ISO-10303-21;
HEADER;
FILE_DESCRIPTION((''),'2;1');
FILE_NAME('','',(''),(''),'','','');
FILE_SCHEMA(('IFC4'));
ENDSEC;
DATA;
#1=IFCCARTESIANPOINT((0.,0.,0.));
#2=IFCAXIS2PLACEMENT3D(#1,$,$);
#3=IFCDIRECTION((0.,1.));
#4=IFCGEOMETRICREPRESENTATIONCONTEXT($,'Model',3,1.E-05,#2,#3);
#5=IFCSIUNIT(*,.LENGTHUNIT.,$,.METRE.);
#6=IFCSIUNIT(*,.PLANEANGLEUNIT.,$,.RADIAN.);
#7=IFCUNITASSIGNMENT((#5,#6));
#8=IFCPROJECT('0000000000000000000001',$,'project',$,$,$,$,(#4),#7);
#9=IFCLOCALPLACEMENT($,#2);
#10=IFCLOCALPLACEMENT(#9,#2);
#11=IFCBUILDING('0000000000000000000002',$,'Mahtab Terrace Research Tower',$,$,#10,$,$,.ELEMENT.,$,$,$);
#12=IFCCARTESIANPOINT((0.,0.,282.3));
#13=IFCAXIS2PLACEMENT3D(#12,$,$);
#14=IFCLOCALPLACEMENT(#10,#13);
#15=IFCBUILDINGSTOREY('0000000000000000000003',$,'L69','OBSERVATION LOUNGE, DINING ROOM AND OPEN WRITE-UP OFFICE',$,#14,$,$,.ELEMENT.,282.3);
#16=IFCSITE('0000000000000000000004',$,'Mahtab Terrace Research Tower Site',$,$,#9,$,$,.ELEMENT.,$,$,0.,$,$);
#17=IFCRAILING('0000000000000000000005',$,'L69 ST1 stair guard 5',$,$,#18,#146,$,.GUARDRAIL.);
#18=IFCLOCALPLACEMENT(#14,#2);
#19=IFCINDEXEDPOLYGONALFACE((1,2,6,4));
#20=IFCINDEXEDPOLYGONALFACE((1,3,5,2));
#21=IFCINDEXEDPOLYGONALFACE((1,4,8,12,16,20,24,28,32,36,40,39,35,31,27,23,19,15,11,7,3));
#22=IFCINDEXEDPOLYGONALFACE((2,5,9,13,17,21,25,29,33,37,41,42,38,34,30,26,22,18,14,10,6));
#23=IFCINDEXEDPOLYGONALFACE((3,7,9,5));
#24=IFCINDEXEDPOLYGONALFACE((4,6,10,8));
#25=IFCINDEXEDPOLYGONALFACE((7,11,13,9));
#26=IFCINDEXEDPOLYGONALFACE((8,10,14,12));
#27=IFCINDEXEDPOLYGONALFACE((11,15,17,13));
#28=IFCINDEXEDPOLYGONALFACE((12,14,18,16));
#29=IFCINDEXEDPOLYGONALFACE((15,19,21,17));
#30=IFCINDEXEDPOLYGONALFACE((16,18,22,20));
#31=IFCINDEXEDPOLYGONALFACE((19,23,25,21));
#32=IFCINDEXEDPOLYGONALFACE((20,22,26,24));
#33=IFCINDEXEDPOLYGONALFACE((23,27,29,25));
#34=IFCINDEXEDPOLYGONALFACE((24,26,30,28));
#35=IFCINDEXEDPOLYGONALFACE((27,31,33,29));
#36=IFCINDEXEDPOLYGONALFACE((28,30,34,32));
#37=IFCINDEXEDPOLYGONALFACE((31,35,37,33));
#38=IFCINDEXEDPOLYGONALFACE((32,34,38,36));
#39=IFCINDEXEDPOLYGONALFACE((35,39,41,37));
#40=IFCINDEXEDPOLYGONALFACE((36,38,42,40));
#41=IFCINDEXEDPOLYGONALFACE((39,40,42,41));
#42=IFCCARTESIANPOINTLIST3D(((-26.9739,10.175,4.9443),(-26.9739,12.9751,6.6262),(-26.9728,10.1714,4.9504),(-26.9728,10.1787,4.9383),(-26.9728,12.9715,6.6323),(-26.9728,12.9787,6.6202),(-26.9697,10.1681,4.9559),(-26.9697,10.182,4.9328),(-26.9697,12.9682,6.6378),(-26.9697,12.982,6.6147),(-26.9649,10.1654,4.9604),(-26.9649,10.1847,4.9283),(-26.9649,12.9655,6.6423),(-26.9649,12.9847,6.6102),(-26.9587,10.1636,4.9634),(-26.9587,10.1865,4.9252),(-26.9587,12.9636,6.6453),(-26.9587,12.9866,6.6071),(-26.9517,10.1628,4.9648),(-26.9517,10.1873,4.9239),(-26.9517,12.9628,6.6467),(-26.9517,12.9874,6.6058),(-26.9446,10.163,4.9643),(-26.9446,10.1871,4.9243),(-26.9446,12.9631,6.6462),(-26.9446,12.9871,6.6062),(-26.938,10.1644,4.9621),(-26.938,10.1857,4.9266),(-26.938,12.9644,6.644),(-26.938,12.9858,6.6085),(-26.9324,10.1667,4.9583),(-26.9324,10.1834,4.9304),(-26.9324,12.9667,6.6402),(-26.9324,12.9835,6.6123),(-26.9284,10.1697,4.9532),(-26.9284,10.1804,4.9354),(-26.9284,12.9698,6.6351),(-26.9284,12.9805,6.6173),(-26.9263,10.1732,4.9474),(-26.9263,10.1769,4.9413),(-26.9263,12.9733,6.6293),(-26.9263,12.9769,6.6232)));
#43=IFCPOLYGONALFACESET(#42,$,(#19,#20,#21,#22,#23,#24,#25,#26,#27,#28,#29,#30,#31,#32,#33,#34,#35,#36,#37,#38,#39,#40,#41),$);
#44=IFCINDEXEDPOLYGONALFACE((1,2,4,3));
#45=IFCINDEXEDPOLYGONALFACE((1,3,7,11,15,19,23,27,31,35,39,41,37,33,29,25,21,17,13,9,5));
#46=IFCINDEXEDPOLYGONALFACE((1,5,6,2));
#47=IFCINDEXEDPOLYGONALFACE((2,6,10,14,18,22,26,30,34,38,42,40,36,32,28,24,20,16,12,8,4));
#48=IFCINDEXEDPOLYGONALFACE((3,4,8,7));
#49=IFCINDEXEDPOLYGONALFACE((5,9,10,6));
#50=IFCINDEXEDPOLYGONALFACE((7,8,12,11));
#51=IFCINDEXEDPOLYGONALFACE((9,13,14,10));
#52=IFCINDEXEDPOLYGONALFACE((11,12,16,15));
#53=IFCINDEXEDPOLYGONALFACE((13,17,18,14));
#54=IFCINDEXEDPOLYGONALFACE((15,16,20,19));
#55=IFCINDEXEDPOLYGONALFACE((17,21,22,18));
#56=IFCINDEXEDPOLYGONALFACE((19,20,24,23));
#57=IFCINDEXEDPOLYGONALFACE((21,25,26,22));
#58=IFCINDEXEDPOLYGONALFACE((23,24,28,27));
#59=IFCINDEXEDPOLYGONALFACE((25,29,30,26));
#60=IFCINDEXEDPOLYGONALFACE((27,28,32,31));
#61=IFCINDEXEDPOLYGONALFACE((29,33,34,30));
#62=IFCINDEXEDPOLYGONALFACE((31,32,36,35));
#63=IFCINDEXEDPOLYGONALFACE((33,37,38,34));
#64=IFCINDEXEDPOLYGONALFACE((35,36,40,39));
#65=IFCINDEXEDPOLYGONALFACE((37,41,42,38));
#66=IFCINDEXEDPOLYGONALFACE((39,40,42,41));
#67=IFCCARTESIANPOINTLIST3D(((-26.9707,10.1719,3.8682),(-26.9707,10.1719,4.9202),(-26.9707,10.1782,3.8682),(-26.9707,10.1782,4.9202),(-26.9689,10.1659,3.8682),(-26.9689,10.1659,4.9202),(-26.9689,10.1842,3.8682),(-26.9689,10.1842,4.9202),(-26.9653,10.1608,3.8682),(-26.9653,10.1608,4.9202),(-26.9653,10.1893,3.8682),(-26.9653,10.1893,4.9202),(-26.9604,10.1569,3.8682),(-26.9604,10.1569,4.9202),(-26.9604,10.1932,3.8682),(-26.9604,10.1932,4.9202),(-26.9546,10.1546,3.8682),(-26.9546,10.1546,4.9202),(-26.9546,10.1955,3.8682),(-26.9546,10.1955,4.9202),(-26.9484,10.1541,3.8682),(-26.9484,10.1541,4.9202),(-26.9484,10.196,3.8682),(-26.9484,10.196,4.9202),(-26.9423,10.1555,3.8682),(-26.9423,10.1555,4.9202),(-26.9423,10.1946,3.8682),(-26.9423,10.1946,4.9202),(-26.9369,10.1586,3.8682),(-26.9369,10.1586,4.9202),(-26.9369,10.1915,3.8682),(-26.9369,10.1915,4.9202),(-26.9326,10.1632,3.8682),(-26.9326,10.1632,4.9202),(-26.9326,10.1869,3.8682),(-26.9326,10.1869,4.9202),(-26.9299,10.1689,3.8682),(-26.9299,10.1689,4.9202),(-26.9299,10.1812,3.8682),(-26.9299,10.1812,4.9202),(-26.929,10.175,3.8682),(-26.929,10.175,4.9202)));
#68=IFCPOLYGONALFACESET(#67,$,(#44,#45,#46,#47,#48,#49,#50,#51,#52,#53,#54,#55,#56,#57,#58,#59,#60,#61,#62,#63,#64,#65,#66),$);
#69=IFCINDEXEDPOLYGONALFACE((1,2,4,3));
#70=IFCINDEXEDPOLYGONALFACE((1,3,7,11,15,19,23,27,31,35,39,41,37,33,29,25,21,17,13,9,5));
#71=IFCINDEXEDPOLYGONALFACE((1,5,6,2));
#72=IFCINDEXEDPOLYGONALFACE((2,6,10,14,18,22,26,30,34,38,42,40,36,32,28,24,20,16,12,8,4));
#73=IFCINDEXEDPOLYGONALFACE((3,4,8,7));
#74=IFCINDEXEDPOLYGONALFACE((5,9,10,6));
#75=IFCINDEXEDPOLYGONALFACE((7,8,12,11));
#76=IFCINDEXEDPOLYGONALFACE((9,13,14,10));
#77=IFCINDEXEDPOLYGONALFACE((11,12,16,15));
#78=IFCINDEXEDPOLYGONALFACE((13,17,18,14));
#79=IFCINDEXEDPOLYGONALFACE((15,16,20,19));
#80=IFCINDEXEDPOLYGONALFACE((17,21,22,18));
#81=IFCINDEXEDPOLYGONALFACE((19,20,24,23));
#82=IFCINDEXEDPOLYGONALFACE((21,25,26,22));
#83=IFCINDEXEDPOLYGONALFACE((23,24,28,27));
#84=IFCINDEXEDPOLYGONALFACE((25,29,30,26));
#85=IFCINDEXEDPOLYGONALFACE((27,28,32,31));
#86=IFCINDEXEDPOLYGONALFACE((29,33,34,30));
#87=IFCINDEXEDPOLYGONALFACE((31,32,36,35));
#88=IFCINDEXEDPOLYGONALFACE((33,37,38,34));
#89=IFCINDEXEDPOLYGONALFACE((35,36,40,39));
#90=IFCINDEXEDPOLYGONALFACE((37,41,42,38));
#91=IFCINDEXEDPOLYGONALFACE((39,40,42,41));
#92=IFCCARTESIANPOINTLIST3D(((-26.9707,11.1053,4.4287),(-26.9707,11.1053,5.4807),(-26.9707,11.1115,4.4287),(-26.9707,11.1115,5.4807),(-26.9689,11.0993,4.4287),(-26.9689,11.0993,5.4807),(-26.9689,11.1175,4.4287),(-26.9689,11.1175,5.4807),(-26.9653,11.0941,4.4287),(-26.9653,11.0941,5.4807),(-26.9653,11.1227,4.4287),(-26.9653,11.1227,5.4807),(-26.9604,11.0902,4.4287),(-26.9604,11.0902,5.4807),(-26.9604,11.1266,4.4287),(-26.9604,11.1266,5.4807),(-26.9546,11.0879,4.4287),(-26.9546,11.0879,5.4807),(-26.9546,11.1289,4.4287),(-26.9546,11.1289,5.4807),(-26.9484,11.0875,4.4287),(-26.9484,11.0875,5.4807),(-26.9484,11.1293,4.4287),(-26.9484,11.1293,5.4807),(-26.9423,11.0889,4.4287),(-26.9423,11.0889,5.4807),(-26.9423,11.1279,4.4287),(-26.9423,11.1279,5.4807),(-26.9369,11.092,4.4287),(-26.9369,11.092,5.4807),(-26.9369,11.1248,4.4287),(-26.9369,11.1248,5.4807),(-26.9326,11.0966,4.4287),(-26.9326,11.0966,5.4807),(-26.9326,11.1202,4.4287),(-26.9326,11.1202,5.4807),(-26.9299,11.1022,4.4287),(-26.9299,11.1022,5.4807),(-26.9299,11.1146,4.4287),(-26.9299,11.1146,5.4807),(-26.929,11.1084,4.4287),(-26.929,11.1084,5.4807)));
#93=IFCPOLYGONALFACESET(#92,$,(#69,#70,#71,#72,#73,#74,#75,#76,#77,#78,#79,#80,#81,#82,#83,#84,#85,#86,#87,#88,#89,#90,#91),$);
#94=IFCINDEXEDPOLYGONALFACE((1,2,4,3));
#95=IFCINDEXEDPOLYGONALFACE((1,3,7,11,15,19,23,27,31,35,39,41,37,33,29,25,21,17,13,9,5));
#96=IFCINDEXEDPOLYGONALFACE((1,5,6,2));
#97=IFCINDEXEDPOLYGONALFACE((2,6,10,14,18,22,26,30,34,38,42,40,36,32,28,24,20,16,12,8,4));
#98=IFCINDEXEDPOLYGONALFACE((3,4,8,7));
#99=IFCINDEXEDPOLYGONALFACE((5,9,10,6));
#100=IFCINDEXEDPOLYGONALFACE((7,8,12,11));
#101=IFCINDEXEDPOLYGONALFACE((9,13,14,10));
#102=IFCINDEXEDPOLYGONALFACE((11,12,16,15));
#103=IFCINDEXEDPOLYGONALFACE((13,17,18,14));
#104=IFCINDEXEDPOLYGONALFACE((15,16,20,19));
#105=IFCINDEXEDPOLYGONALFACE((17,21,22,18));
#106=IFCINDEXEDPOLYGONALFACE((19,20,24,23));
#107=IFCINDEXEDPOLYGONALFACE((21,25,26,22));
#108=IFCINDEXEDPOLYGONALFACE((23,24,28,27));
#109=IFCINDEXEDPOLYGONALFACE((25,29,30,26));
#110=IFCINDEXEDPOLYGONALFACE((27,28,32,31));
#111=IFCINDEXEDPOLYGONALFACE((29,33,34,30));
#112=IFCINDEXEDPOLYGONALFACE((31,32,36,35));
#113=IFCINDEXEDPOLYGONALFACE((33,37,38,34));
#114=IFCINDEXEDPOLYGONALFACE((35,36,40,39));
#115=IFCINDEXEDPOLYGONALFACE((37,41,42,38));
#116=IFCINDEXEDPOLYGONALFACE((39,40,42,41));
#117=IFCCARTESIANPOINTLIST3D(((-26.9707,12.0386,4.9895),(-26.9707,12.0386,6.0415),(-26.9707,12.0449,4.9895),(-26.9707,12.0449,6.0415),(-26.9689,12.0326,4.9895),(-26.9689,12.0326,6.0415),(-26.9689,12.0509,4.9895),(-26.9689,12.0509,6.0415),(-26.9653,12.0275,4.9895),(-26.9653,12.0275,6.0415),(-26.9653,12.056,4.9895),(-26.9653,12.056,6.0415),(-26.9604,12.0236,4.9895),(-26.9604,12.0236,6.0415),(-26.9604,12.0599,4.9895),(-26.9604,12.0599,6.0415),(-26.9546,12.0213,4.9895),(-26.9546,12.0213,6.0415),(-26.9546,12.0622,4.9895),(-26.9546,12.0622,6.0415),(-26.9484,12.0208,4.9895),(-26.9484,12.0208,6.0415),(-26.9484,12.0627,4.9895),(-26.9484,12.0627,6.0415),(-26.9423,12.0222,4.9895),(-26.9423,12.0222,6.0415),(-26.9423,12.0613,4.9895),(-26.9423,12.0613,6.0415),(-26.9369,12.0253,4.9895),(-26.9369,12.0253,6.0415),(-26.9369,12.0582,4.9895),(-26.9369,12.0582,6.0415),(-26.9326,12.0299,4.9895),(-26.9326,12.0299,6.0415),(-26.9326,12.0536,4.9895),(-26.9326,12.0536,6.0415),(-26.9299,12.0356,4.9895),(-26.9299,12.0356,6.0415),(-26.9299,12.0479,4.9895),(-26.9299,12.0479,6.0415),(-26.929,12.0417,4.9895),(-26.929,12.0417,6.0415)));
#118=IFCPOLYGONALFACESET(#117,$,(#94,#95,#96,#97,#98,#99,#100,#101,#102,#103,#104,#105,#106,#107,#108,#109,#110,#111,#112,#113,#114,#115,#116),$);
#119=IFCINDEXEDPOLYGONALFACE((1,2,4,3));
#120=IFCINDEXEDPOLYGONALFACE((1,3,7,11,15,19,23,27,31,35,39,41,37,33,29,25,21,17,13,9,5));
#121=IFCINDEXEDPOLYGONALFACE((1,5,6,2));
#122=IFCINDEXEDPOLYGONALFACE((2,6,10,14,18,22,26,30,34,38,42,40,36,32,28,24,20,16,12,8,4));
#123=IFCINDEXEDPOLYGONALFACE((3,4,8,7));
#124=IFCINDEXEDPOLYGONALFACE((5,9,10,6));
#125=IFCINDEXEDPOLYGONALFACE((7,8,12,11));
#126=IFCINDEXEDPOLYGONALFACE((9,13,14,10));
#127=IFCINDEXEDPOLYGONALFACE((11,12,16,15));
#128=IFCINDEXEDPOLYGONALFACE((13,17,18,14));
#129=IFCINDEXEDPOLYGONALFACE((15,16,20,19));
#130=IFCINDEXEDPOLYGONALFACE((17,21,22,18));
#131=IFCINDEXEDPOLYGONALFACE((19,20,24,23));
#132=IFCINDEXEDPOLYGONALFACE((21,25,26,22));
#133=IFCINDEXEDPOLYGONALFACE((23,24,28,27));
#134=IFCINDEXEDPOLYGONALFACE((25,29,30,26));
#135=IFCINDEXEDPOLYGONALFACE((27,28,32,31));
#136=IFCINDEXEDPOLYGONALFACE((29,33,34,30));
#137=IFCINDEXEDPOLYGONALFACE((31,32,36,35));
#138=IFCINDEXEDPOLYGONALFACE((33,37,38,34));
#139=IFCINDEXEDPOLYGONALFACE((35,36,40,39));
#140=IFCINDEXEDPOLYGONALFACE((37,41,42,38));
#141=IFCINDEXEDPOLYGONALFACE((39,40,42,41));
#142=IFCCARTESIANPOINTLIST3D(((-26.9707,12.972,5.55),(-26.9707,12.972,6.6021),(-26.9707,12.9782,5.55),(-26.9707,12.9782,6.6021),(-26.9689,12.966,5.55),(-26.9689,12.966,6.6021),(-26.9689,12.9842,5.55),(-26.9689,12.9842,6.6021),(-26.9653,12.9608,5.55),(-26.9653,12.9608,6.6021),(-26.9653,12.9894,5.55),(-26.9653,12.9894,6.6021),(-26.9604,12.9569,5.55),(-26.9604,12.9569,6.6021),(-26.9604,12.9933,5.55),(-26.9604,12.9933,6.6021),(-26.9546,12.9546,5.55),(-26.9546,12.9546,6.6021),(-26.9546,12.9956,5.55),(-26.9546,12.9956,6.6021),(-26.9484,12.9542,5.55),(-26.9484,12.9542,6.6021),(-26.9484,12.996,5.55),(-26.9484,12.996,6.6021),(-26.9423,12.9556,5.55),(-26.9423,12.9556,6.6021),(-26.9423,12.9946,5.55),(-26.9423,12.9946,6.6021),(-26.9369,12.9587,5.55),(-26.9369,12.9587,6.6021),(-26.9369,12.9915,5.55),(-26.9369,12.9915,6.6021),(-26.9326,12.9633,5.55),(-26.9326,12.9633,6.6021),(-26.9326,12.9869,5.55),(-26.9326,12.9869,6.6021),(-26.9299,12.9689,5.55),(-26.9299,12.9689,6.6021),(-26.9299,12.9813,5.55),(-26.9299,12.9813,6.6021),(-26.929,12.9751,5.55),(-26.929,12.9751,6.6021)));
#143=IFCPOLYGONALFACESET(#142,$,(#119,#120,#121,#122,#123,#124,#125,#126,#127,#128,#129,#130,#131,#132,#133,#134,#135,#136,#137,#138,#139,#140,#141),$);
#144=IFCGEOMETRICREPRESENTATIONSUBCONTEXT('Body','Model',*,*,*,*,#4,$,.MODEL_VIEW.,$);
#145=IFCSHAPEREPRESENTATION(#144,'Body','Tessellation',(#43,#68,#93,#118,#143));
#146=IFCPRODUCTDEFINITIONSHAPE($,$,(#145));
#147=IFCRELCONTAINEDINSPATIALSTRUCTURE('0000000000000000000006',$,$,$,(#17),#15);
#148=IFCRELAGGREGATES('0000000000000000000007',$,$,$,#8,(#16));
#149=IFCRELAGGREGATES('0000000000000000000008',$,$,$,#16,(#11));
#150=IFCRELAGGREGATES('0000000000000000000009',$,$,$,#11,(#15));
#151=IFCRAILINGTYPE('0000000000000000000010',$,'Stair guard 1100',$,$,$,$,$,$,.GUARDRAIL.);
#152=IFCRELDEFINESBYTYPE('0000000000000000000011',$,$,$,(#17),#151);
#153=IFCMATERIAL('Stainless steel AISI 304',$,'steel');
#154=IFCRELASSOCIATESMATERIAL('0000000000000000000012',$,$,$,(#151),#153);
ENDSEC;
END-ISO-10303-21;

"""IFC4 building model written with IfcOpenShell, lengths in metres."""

from ifc_helpers import new_model, si_unit, direction, frame, origin, origin_2d, place, context, subcontext, project, spatial, circle, extrude, material, type_object, element, save


model = new_model("IFC4")

# Units and contexts
model_context = context("Model", 3, precision=1e-05, world=origin(), true_north=direction((0.0, 1.0)))
body_context = subcontext(model_context, "Body", "Model", "MODEL_VIEW")
ifc_project = project(units=[si_unit("LENGTHUNIT", "METRE"), si_unit("PLANEANGLEUNIT", "RADIAN")], contexts=[model_context])

# Site, building, storey
site_placement = place(None, origin())
site = spatial("IfcSite", under=ifc_project, at=site_placement, Name="Mahtab Terrace Research Tower Site", CompositionType="ELEMENT", RefElevation=0.0)
building_placement = place(site_placement, origin())
building = spatial("IfcBuilding", under=site, at=building_placement, Name="Mahtab Terrace Research Tower", CompositionType="ELEMENT")
storey_placement = place(building_placement, frame((0.0, 0.0, 282.3)))
storey = spatial("IfcBuildingStorey", under=building, at=storey_placement, Name="L69", Description="OBSERVATION LOUNGE, DINING ROOM AND OPEN WRITE-UP OFFICE", CompositionType="ELEMENT", Elevation=282.3)

# Railing
ifc_material_1 = material(Name="Stainless steel AISI 304", Category="steel")
railing_type_1 = type_object("IfcRailingType", Name="Stair guard 1100", PredefinedType="GUARDRAIL", material=ifc_material_1)
railing_1_placement = place(storey_placement, frame((-26.95, 10.175, 3.8682)))
element("IfcRailing", 1, at=railing_1_placement, inside=storey, type_object=railing_type_1, Name="L69 ST1 stair guard 5", PredefinedType="GUARDRAIL", context=body_context, shape_type="SweptSolid", body=[
    extrude(circle(Radius=0.0239, at=origin_2d()), frame((0.0, 0.0, 1.0762), z_axis=(0.0, 0.857242, 0.514913), x_axis=(-1.0, 0.0, 0.0)), (0.0, 0.0, 1.0), 3.2664),
    extrude(circle(Radius=0.021, at=origin_2d()), origin(), (0.0, 0.0, 1.0), 1.052),
    extrude(circle(Radius=0.021, at=origin_2d()), frame((0.0, 0.9333, 0.5605)), (0.0, 0.0, 1.0), 1.052),
    extrude(circle(Radius=0.021, at=origin_2d()), frame((0.0, 1.8667, 1.1213)), (0.0, 0.0, 1.0), 1.052),
    extrude(circle(Radius=0.021, at=origin_2d()), frame((0.0, 2.8, 1.6819)), (0.0, 0.0, 1.0), 1.052),
])

save(model, "model.ifc")
